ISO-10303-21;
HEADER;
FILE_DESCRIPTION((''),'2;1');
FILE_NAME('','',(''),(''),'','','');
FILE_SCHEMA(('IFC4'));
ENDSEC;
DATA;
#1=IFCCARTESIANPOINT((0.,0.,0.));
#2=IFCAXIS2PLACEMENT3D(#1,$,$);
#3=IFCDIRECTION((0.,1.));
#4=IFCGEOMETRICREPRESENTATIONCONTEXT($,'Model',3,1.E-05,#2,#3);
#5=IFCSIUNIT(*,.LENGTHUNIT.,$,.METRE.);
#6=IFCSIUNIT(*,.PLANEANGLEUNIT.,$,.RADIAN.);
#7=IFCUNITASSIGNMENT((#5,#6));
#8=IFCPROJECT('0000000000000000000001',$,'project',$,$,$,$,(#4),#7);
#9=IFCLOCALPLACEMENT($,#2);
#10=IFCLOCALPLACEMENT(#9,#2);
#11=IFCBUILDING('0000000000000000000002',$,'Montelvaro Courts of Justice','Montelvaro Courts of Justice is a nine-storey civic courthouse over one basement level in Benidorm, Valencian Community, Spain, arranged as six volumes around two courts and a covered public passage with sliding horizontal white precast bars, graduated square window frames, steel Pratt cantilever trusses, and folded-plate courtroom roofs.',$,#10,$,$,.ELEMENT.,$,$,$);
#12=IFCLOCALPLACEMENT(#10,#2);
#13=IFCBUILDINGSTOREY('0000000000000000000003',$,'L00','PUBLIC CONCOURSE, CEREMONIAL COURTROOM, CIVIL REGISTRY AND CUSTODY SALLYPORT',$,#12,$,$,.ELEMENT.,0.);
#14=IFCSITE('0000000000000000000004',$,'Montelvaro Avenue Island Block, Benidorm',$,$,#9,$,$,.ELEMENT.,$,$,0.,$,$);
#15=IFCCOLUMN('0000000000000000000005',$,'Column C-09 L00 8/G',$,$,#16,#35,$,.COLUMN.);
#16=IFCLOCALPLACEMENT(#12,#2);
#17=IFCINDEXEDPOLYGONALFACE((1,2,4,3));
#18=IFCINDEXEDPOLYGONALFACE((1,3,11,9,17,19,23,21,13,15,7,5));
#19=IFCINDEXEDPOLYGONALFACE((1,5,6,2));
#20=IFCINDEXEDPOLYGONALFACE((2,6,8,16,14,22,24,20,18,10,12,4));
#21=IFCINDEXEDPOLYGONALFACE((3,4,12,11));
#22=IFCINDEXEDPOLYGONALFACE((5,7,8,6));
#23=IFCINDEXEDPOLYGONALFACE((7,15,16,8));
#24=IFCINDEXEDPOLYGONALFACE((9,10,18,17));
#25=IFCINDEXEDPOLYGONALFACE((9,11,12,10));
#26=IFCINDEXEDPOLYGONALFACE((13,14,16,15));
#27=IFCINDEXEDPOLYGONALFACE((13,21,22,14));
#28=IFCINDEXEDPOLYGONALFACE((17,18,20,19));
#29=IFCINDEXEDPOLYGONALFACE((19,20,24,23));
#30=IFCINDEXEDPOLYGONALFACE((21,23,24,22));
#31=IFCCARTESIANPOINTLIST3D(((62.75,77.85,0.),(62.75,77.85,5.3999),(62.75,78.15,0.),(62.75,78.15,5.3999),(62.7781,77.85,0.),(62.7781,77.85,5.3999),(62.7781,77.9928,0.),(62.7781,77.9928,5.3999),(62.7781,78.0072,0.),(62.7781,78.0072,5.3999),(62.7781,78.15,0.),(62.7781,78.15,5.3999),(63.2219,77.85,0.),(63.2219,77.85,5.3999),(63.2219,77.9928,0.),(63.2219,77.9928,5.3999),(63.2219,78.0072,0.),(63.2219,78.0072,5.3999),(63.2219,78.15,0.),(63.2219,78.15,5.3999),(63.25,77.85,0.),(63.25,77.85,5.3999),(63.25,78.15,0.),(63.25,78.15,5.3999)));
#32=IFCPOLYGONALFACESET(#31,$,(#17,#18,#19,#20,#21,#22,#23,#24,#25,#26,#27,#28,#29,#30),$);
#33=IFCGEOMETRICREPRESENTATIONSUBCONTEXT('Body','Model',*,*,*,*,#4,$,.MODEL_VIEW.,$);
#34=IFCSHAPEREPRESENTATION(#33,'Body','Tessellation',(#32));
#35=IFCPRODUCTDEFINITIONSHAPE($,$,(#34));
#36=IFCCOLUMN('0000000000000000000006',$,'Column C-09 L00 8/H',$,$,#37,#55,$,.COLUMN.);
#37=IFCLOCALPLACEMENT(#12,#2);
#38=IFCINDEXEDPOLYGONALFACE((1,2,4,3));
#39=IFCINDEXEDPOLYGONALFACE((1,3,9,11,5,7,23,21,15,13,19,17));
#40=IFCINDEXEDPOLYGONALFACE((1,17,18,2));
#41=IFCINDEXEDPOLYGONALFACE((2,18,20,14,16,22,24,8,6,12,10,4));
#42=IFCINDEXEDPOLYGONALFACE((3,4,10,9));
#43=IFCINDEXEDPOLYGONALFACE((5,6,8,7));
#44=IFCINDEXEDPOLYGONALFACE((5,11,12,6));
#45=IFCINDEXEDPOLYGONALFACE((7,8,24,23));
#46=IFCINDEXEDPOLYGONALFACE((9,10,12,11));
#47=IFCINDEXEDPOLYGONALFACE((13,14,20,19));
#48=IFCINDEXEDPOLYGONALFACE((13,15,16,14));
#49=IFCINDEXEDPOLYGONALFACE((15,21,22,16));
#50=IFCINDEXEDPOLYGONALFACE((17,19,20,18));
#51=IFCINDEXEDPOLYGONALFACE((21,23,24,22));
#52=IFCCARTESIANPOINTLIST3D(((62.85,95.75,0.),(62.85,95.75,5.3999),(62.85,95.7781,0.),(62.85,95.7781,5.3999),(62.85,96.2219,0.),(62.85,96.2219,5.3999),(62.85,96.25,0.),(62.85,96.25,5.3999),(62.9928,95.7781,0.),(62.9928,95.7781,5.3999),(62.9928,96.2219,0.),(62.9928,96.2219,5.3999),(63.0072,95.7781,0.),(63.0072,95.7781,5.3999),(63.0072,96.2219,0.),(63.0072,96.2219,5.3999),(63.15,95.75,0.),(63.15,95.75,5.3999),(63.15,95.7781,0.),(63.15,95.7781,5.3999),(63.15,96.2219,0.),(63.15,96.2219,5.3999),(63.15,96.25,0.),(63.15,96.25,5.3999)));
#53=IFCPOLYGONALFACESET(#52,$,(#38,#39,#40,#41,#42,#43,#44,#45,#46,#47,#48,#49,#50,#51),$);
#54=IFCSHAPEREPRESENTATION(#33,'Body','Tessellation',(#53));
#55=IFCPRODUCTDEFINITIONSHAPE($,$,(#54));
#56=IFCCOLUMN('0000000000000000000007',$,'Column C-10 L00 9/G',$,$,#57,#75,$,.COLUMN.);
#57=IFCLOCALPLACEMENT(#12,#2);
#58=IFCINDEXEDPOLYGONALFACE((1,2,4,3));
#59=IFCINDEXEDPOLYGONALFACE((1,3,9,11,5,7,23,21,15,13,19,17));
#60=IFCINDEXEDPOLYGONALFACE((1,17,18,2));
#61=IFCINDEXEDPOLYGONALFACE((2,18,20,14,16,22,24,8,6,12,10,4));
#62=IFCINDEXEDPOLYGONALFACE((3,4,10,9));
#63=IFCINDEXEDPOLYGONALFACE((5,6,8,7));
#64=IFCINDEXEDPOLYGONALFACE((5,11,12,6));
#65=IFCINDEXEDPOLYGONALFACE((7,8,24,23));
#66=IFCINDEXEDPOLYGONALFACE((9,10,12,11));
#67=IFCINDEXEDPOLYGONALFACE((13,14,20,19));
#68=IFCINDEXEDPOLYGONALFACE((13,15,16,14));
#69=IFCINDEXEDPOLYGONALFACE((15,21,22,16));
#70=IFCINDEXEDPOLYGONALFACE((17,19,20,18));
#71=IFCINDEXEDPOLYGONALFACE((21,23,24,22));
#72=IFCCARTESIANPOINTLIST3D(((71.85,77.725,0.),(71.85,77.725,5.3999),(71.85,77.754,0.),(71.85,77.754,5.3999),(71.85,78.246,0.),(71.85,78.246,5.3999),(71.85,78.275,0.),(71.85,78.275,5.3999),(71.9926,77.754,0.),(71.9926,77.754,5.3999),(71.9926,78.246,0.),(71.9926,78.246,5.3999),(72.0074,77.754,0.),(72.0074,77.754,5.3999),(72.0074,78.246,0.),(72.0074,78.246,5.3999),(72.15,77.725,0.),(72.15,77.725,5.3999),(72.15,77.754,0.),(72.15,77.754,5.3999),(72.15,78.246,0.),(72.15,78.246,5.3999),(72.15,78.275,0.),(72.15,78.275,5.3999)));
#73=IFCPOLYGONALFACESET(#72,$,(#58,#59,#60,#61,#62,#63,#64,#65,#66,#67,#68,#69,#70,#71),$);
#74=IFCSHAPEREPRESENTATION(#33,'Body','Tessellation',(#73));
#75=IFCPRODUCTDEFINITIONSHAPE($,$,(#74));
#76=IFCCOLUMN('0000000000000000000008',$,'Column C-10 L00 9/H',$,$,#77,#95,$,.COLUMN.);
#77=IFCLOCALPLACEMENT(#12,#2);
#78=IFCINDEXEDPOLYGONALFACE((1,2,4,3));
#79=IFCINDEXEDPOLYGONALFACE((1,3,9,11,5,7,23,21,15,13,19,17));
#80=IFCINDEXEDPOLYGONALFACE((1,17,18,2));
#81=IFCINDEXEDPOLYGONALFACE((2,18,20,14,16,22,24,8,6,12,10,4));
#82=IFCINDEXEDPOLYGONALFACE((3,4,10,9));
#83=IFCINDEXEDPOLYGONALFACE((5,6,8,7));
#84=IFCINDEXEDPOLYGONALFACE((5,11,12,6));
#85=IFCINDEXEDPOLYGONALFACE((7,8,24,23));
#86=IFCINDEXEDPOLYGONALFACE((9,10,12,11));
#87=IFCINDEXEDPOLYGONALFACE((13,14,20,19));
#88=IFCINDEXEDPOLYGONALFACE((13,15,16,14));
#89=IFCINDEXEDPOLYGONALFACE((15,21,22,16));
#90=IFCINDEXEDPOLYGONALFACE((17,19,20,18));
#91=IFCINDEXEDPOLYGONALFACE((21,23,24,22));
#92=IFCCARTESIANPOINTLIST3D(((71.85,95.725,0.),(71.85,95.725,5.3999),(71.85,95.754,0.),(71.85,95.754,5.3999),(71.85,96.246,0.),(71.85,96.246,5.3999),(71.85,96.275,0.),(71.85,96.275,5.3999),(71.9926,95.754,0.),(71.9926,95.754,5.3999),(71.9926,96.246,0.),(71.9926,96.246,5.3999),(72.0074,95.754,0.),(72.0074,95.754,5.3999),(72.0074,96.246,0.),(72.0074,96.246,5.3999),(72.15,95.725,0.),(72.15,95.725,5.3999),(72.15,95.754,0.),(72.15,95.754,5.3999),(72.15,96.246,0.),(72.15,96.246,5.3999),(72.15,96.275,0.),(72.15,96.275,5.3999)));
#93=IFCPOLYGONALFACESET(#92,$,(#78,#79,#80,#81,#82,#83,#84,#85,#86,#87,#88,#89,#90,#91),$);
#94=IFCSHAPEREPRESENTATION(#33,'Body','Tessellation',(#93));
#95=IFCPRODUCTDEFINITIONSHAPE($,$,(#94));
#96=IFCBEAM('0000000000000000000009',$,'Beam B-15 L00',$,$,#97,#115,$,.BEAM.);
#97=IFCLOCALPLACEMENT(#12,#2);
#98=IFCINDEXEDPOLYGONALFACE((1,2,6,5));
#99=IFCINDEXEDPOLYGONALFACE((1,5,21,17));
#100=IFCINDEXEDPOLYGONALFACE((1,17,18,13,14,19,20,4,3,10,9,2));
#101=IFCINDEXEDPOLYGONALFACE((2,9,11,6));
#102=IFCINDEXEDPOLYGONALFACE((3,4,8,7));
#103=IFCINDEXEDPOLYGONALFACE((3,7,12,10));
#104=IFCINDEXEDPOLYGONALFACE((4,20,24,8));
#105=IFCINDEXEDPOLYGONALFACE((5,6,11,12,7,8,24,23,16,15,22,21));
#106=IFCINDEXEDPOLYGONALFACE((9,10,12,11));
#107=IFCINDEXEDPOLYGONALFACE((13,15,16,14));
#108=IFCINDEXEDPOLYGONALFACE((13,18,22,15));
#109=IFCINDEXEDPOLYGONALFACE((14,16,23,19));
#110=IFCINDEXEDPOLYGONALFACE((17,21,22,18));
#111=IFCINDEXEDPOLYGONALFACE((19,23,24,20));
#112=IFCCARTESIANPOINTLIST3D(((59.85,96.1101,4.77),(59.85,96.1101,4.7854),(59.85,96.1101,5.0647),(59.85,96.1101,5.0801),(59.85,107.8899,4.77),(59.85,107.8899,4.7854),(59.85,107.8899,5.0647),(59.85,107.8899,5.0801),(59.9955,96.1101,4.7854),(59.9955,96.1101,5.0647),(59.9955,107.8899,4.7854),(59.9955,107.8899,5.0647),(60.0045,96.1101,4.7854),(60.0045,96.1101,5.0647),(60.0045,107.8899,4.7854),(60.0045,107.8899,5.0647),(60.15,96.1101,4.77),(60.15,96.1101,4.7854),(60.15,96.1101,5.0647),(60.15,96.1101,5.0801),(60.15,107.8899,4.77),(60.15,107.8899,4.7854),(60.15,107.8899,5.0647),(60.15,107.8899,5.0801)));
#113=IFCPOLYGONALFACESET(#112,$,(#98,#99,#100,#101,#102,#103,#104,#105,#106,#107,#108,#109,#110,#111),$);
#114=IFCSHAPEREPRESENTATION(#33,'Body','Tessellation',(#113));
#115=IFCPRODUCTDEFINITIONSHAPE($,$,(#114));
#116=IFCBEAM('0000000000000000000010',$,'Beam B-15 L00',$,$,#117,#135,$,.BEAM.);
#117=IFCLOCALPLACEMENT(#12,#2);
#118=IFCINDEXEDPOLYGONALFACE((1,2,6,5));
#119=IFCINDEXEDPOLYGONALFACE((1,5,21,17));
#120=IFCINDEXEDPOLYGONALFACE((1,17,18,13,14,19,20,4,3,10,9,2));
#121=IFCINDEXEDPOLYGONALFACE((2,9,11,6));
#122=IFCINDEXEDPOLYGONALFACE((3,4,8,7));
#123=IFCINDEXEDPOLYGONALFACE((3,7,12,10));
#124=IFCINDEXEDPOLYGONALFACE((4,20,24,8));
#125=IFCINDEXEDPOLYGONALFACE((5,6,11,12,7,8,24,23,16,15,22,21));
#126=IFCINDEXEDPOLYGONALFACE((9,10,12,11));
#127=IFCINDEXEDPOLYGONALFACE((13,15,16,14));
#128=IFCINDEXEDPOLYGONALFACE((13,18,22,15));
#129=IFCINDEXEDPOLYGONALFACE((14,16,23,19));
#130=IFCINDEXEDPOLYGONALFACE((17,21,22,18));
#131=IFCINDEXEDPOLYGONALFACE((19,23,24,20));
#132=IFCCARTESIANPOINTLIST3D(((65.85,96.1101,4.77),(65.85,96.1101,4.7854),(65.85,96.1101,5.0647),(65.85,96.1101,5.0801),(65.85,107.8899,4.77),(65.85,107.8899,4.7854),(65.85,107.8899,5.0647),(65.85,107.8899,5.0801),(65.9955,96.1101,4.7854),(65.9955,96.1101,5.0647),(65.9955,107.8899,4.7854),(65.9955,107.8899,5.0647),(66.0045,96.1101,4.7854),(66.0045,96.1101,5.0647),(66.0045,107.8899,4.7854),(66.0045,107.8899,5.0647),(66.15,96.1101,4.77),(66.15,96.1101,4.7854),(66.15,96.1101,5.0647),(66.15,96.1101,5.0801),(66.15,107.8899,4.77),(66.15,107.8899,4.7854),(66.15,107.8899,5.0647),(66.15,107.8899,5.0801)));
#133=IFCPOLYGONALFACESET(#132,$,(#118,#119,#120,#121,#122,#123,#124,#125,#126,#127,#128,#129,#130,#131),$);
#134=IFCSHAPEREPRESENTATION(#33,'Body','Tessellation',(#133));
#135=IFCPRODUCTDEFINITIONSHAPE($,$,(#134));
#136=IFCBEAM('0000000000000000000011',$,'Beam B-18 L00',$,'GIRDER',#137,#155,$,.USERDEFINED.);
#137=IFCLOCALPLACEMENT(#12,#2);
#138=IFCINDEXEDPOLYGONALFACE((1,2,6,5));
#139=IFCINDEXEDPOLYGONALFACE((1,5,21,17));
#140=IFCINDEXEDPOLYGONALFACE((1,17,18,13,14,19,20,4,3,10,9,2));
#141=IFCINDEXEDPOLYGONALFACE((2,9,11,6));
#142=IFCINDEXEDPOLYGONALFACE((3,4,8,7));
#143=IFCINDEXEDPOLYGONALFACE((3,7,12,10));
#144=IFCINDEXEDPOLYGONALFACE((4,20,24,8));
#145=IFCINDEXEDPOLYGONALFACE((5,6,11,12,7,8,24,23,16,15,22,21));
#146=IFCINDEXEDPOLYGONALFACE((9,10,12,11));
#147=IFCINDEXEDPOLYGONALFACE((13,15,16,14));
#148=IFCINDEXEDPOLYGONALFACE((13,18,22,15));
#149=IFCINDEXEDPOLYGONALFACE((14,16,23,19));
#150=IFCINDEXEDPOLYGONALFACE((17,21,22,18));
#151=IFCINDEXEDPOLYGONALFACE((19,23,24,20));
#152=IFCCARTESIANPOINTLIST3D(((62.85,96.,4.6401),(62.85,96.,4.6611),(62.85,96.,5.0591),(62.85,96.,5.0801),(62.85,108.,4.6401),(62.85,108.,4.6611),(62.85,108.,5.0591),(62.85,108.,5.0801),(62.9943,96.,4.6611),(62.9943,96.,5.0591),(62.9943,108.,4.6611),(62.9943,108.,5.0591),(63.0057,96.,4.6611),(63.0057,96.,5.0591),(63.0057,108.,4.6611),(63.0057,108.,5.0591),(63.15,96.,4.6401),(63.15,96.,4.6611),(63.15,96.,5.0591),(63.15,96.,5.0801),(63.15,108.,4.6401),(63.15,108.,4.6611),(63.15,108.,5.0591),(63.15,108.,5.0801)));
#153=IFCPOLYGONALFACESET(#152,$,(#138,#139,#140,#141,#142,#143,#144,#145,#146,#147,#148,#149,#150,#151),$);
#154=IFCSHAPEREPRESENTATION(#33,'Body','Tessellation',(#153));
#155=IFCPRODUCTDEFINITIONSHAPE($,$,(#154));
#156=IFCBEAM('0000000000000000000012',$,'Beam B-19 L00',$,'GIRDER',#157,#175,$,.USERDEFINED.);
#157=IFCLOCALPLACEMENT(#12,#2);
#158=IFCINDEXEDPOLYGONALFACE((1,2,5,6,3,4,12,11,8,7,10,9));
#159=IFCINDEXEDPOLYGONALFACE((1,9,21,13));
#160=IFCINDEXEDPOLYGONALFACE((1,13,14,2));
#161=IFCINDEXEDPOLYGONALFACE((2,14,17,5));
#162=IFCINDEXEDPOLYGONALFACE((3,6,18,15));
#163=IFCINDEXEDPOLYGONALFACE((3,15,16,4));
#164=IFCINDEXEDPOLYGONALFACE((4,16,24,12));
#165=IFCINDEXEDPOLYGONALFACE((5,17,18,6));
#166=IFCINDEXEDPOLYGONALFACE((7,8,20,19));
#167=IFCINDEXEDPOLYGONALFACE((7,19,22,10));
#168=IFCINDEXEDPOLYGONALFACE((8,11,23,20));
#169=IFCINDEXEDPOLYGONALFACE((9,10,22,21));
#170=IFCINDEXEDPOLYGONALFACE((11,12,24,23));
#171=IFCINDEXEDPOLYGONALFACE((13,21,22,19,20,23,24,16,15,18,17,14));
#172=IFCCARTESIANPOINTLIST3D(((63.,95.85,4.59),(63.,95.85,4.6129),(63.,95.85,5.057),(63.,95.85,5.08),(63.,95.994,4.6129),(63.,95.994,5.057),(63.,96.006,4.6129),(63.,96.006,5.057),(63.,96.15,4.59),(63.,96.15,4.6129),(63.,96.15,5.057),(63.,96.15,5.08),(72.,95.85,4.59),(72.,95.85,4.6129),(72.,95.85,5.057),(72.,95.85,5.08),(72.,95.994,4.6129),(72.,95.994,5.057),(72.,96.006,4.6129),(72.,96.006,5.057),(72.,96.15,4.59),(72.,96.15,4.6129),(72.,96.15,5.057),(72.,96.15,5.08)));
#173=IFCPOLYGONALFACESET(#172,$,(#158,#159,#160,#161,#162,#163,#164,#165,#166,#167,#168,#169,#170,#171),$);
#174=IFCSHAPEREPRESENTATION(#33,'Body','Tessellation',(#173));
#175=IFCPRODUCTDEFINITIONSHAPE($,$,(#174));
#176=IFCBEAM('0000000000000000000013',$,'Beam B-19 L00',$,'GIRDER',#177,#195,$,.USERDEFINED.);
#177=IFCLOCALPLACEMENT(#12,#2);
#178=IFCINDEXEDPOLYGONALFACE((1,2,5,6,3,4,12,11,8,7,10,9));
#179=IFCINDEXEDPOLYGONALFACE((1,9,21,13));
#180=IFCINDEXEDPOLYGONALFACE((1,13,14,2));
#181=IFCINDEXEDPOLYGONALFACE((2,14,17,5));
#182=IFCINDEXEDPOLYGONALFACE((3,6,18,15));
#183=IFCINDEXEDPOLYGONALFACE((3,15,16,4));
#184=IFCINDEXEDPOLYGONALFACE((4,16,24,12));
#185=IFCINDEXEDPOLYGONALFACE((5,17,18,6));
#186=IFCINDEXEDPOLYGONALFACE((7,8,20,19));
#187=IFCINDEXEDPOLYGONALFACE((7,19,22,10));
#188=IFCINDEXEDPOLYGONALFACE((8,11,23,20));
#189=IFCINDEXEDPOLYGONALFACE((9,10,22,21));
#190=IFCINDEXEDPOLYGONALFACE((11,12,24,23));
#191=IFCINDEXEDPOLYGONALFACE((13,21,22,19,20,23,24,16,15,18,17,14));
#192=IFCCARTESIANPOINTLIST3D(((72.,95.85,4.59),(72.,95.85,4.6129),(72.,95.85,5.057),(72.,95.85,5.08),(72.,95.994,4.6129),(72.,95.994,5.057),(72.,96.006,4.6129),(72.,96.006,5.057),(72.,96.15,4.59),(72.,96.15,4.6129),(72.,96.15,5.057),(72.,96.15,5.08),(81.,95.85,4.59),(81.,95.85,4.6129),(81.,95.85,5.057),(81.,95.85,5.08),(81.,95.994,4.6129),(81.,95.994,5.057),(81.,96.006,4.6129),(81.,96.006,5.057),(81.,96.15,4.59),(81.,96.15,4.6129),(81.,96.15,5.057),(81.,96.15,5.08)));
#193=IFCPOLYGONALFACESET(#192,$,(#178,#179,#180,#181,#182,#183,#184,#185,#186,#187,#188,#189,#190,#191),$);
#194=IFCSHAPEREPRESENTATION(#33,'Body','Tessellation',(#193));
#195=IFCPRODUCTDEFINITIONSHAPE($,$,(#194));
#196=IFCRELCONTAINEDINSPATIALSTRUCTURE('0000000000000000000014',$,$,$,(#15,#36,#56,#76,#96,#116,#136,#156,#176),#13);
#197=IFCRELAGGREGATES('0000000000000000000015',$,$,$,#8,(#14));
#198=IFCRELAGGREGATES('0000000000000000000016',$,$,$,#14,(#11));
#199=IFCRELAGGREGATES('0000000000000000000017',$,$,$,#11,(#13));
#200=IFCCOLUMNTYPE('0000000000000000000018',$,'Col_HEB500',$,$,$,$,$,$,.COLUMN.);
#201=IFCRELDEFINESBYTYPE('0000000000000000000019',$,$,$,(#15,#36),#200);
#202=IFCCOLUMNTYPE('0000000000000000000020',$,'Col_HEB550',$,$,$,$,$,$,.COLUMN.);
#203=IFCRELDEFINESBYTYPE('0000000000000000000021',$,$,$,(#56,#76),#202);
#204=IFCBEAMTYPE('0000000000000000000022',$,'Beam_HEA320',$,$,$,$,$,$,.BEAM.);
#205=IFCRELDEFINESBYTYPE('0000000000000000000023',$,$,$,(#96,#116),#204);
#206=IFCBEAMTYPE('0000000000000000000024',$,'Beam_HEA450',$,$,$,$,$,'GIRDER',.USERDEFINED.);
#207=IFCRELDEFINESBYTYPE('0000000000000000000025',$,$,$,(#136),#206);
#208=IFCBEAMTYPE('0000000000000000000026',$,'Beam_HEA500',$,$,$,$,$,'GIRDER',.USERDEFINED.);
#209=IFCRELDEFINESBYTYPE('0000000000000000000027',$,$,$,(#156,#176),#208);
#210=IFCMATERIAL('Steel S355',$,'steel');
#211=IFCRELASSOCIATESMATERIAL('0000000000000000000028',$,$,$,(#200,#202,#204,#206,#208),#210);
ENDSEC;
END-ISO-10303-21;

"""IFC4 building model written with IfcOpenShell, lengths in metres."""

from ifc_helpers import new_model, si_unit, direction, frame, origin, origin_2d, place, context, subcontext, project, spatial, i_section, extrude, material, material_profile, profile_set, type_object, element, save


model = new_model("IFC4")

# Units and contexts
model_context = context("Model", 3, precision=1e-05, world=origin(), true_north=direction((0.0, 1.0)))
body_context = subcontext(model_context, "Body", "Model", "MODEL_VIEW")
ifc_project = project(units=[si_unit("LENGTHUNIT", "METRE"), si_unit("PLANEANGLEUNIT", "RADIAN")], contexts=[model_context])

# Site, building, storey
site_placement = place(None, origin())
site = spatial("IfcSite", under=ifc_project, at=site_placement, Name="Montelvaro Avenue Island Block, Benidorm", CompositionType="ELEMENT", RefElevation=0.0)
building_placement = place(site_placement, origin())
building = spatial("IfcBuilding", under=site, at=building_placement, Name="Montelvaro Courts of Justice", Description="Montelvaro Courts of Justice is a nine-storey civic courthouse over one basement level in Benidorm, Valencian Community, Spain, arranged as six volumes around two courts and a covered public passage with sliding horizontal white precast bars, graduated square window frames, steel Pratt cantilever trusses, and folded-plate courtroom roofs.", CompositionType="ELEMENT")
storey_placement = place(building_placement, origin())
storey = spatial("IfcBuildingStorey", under=building, at=storey_placement, Name="L00", Description="PUBLIC CONCOURSE, CEREMONIAL COURTROOM, CIVIL REGISTRY AND CUSTODY SALLYPORT", CompositionType="ELEMENT", Elevation=0.0)

# Columns
ifc_material_1 = material(Name="Steel S355", Category="steel")
ifc_material_profile_1 = material_profile(ifc_material_1, i_section(OverallWidth=0.3, OverallDepth=0.5, WebThickness=0.0144, FlangeThickness=0.0281, at=origin_2d()), Name="HEB 500")
ifc_profile_set_1 = profile_set([ifc_material_profile_1], Name="Steel S355")
column_type_1 = type_object("IfcColumnType", Name="Col_HEB500", PredefinedType="COLUMN", material=ifc_profile_set_1)
for number, where, z_axis, x_axis, name in (
    (1, (63.0, 78.0, 0.0), (0.0, 0.0, 1.0), (0.0, 1.0, 0.0), "Column C-09 L00 8/G"),
    (2, (63.0, 96.0, 0.0), (0.0, 0.0, 1.0), (1.0, 0.0, 0.0), "Column C-09 L00 8/H"),
):
    element("IfcColumn", number, at=place(storey_placement, frame(where, z_axis=z_axis, x_axis=x_axis)), inside=storey, type_object=column_type_1, Name=name, PredefinedType="COLUMN", context=body_context, shape_type="SweptSolid", body=[
        extrude(i_section(OverallWidth=0.3, OverallDepth=0.5, WebThickness=0.0144, FlangeThickness=0.0281, at=origin_2d()), origin(), (0.0, 0.0, 1.0), 5.3999),
    ])
ifc_material_profile_2 = material_profile(ifc_material_1, i_section(OverallWidth=0.3, OverallDepth=0.55, WebThickness=0.0149, FlangeThickness=0.0291, at=origin_2d()), Name="HEB 550")
ifc_profile_set_2 = profile_set([ifc_material_profile_2], Name="Steel S355")
column_type_2 = type_object("IfcColumnType", Name="Col_HEB550", PredefinedType="COLUMN", material=ifc_profile_set_2)
for number, where, z_axis, x_axis, name in (
    (3, (72.0, 78.0, 0.0), (0.0, 0.0, 1.0), (1.0, 0.0, 0.0), "Column C-10 L00 9/G"),
    (4, (72.0, 96.0, 0.0), (0.0, 0.0, 1.0), (1.0, 0.0, 0.0), "Column C-10 L00 9/H"),
):
    element("IfcColumn", number, at=place(storey_placement, frame(where, z_axis=z_axis, x_axis=x_axis)), inside=storey, type_object=column_type_2, Name=name, PredefinedType="COLUMN", context=body_context, shape_type="SweptSolid", body=[
        extrude(i_section(OverallWidth=0.3, OverallDepth=0.55, WebThickness=0.0149, FlangeThickness=0.0291, at=origin_2d()), origin(), (0.0, 0.0, 1.0), 5.3999),
    ])

# Beams
ifc_material_profile_3 = material_profile(ifc_material_1, i_section(OverallWidth=0.3, OverallDepth=0.3101, WebThickness=0.009, FlangeThickness=0.0154, at=origin_2d()), Name="HEA 320")
ifc_profile_set_3 = profile_set([ifc_material_profile_3], Name="Steel S355")
beam_type_1 = type_object("IfcBeamType", Name="Beam_HEA320", PredefinedType="BEAM", material=ifc_profile_set_3)
for number, where, z_axis, x_axis, name in (
    (5, (60.0, 96.1101, 4.925), (0.0, 1.0, 0.0), (-1.0, 0.0, 0.0), "Beam B-15 L00"),
    (6, (66.0, 96.1101, 4.925), (0.0, 1.0, 0.0), (-1.0, 0.0, 0.0), "Beam B-15 L00"),
):
    element("IfcBeam", number, at=place(storey_placement, frame(where, z_axis=z_axis, x_axis=x_axis)), inside=storey, type_object=beam_type_1, Name=name, PredefinedType="BEAM", context=body_context, shape_type="SweptSolid", body=[
        extrude(i_section(OverallWidth=0.3, OverallDepth=0.3101, WebThickness=0.009, FlangeThickness=0.0154, at=origin_2d()), origin(), (0.0, 0.0, 1.0), 11.7798),
    ])
ifc_material_profile_4 = material_profile(ifc_material_1, i_section(OverallWidth=0.3, OverallDepth=0.4399, WebThickness=0.0115, FlangeThickness=0.021, at=origin_2d()), Name="HEA 450")
ifc_profile_set_4 = profile_set([ifc_material_profile_4], Name="Steel S355")
beam_type_2 = type_object("IfcBeamType", Name="Beam_HEA450", ElementType="GIRDER", PredefinedType="USERDEFINED", material=ifc_profile_set_4)
beam_1_placement = place(storey_placement, frame((63.0, 96.0, 4.8601), z_axis=(0.0, 1.0, 0.0), x_axis=(-1.0, 0.0, 0.0)))
element("IfcBeam", 7, at=beam_1_placement, inside=storey, type_object=beam_type_2, Name="Beam B-18 L00", ObjectType="GIRDER", PredefinedType="USERDEFINED", context=body_context, shape_type="SweptSolid", body=[
    extrude(i_section(OverallWidth=0.3, OverallDepth=0.4399, WebThickness=0.0115, FlangeThickness=0.021, at=origin_2d()), origin(), (0.0, 0.0, 1.0), 12.0),
])
ifc_material_profile_5 = material_profile(ifc_material_1, i_section(OverallWidth=0.3, OverallDepth=0.49, WebThickness=0.012, FlangeThickness=0.0229, at=origin_2d()), Name="HEA 500")
ifc_profile_set_5 = profile_set([ifc_material_profile_5], Name="Steel S355")
beam_type_3 = type_object("IfcBeamType", Name="Beam_HEA500", ElementType="GIRDER", PredefinedType="USERDEFINED", material=ifc_profile_set_5)
for number, where, z_axis, x_axis, name in (
    (8, (63.0, 96.0, 4.835), (1.0, 0.0, 0.0), (0.0, 1.0, 0.0), "Beam B-19 L00"),
    (9, (72.0, 96.0, 4.835), (1.0, 0.0, 0.0), (0.0, 1.0, 0.0), "Beam B-19 L00"),
):
    element("IfcBeam", number, at=place(storey_placement, frame(where, z_axis=z_axis, x_axis=x_axis)), inside=storey, type_object=beam_type_3, Name=name, ObjectType="GIRDER", PredefinedType="USERDEFINED", context=body_context, shape_type="SweptSolid", body=[
        extrude(i_section(OverallWidth=0.3, OverallDepth=0.49, WebThickness=0.012, FlangeThickness=0.0229, at=origin_2d()), origin(), (0.0, 0.0, 1.0), 9.0),
    ])

save(model, "model.ifc")
